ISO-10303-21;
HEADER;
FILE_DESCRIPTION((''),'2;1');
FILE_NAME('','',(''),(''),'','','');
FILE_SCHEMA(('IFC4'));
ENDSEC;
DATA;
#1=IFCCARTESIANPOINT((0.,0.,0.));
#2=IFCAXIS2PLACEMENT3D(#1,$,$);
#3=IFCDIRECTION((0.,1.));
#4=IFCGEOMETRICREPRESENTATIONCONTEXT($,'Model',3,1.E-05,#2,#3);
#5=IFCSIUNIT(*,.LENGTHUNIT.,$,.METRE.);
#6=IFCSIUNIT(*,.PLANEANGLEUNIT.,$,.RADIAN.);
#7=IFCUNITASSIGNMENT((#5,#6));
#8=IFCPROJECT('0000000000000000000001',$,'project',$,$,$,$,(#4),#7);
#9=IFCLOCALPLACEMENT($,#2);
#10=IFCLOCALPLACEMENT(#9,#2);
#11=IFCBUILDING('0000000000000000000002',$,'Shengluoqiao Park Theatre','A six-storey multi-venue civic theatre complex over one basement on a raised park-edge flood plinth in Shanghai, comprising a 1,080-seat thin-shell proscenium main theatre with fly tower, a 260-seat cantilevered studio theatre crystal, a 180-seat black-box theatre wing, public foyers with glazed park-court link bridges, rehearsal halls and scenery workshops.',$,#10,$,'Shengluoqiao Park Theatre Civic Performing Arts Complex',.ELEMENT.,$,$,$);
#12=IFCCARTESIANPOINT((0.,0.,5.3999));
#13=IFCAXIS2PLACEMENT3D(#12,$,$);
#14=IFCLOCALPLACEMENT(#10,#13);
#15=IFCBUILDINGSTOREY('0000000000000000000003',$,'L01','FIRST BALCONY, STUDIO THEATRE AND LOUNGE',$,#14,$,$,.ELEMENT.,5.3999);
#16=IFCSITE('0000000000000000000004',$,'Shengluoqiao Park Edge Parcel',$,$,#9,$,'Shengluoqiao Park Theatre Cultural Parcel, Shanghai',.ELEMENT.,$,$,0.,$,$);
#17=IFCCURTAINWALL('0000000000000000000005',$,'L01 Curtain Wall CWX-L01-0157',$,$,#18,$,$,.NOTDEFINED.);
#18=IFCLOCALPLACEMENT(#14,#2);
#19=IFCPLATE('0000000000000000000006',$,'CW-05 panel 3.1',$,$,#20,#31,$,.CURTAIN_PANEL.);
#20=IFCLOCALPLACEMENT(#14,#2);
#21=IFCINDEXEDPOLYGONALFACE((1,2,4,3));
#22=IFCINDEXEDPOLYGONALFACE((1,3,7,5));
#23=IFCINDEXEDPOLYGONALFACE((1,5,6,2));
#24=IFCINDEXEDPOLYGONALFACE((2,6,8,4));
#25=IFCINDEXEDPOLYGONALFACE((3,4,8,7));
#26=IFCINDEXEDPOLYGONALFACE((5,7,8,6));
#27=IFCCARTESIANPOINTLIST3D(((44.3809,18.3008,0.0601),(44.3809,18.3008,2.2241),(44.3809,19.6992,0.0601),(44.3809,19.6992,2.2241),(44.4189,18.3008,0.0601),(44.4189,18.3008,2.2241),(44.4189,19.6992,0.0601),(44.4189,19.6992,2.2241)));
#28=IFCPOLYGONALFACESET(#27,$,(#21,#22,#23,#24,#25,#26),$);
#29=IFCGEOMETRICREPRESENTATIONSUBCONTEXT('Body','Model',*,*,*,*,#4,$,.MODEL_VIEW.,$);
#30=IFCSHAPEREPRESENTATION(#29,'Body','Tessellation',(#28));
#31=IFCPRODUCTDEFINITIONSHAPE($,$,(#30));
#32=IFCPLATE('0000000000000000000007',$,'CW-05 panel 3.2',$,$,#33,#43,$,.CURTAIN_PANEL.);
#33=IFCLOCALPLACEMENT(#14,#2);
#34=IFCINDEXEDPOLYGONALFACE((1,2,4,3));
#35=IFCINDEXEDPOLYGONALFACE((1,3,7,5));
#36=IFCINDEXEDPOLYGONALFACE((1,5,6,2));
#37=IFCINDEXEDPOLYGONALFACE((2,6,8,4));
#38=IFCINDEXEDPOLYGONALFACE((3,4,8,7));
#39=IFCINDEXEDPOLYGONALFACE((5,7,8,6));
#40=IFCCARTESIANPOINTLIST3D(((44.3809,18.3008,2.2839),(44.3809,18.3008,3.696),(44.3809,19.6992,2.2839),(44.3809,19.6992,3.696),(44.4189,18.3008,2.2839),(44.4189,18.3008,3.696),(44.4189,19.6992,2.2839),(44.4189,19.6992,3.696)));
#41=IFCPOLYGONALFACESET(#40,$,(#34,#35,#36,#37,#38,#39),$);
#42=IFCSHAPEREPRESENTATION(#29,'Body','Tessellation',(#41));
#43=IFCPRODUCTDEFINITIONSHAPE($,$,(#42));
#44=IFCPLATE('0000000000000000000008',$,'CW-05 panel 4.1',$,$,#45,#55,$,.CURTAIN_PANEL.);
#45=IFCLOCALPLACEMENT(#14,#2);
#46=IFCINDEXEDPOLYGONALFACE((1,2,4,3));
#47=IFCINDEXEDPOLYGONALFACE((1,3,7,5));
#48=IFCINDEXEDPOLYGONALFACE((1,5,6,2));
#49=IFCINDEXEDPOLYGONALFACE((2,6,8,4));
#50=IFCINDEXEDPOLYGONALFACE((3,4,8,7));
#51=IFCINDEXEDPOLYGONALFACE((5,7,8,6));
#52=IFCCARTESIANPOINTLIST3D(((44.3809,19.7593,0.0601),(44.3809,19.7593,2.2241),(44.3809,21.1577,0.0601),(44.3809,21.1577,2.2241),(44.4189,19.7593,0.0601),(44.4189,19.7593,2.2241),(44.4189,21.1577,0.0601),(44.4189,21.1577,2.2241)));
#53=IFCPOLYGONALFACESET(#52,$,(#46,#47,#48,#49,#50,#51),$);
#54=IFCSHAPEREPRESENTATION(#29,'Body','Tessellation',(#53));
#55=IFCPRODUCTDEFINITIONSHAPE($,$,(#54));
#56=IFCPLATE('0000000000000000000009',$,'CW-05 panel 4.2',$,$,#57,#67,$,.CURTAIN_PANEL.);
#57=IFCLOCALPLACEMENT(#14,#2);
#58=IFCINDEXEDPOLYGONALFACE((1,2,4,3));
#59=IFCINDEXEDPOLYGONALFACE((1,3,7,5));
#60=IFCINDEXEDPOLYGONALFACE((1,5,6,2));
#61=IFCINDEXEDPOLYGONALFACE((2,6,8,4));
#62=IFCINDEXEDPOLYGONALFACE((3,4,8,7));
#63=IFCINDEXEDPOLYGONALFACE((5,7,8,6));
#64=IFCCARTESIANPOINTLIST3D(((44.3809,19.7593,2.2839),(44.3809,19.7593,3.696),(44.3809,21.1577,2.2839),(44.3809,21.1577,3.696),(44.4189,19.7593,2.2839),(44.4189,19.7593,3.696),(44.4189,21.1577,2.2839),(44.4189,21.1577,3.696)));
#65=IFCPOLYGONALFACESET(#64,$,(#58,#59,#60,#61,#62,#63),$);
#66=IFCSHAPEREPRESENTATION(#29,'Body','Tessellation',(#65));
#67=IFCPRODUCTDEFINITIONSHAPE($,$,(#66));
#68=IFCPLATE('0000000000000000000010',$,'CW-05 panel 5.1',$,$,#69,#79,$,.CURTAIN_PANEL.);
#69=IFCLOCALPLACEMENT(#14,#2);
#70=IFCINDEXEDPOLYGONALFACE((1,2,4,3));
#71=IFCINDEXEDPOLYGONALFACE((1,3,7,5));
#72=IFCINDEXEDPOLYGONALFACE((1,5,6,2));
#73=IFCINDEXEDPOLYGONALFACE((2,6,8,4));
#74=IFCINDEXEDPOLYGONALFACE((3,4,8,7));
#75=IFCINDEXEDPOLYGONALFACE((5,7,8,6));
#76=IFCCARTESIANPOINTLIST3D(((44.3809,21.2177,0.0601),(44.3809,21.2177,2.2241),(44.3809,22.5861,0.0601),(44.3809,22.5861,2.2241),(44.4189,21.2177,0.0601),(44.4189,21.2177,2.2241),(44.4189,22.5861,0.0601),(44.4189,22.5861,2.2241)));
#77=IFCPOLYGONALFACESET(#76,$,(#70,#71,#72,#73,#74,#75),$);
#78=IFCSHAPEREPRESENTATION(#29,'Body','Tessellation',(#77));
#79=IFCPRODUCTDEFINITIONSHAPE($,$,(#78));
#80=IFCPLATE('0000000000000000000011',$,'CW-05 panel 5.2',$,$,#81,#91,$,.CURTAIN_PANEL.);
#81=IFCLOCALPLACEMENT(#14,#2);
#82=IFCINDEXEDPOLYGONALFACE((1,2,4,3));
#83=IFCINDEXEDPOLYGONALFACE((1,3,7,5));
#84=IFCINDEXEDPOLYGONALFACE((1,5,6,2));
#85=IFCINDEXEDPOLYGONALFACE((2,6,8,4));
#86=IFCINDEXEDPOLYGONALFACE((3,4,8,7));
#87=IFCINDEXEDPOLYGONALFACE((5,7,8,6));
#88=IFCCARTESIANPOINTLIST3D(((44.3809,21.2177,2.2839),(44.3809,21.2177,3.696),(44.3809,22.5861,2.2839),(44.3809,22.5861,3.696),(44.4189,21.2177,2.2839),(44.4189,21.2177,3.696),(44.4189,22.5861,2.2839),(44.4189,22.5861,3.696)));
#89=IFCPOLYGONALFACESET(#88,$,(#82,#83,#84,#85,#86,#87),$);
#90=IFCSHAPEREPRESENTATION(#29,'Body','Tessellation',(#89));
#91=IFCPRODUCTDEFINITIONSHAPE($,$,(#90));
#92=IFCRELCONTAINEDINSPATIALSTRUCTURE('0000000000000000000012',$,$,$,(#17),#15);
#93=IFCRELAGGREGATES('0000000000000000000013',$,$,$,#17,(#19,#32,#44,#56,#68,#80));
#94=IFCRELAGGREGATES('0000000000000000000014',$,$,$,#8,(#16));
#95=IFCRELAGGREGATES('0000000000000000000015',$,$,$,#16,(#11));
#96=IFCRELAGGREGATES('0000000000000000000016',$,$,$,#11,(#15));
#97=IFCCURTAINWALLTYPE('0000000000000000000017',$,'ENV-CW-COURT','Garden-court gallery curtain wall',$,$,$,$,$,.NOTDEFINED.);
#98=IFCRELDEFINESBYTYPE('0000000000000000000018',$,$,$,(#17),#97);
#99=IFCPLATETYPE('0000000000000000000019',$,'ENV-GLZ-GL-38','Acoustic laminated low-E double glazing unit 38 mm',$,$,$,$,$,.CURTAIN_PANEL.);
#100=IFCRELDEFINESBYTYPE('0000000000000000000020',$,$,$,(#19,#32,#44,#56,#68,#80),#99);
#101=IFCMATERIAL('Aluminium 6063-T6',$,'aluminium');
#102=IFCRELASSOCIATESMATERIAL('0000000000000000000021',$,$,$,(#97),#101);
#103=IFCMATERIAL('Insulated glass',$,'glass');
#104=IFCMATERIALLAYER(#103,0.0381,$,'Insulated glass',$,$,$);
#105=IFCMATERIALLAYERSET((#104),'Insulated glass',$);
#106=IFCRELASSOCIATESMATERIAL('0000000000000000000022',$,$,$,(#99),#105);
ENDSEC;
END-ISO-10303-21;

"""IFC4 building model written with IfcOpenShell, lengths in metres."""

from ifc_helpers import new_model, si_unit, direction, frame, origin, origin_2d, place, context, subcontext, project, spatial, rectangle, extrude, material, layer, layer_set, type_object, element, aggregate, save


model = new_model("IFC4")

# Units and contexts
model_context = context("Model", 3, precision=1e-05, world=origin(), true_north=direction((0.0, 1.0)))
body_context = subcontext(model_context, "Body", "Model", "MODEL_VIEW")
ifc_project = project(units=[si_unit("LENGTHUNIT", "METRE"), si_unit("PLANEANGLEUNIT", "RADIAN")], contexts=[model_context])

# Site, building, storey
site_placement = place(None, origin())
site = spatial("IfcSite", under=ifc_project, at=site_placement, Name="Shengluoqiao Park Edge Parcel", LongName="Shengluoqiao Park Theatre Cultural Parcel, Shanghai", CompositionType="ELEMENT", RefElevation=0.0)
building_placement = place(site_placement, origin())
building = spatial("IfcBuilding", under=site, at=building_placement, Name="Shengluoqiao Park Theatre", Description="A six-storey multi-venue civic theatre complex over one basement on a raised park-edge flood plinth in Shanghai, comprising a 1,080-seat thin-shell proscenium main theatre with fly tower, a 260-seat cantilevered studio theatre crystal, a 180-seat black-box theatre wing, public foyers with glazed park-court link bridges, rehearsal halls and scenery workshops.", LongName="Shengluoqiao Park Theatre Civic Performing Arts Complex", CompositionType="ELEMENT")
storey_placement = place(building_placement, frame((0.0, 0.0, 5.3999)))
storey = spatial("IfcBuildingStorey", under=building, at=storey_placement, Name="L01", Description="FIRST BALCONY, STUDIO THEATRE AND LOUNGE", CompositionType="ELEMENT", Elevation=5.3999)

# Curtain wall, plates
ifc_material_1 = material(Name="Aluminium 6063-T6", Category="aluminium")
curtain_wall_type = type_object("IfcCurtainWallType", Name="ENV-CW-COURT", Description="Garden-court gallery curtain wall", PredefinedType="NOTDEFINED", material=ifc_material_1)
curtain_wall_placement = place(storey_placement, origin())
curtain_wall = element("IfcCurtainWall", 1, at=curtain_wall_placement, inside=storey, type_object=curtain_wall_type, Name="L01 Curtain Wall CWX-L01-0157", PredefinedType="NOTDEFINED")
ifc_material_2 = material(Name="Insulated glass", Category="glass")
ifc_layer = layer(ifc_material_2, 0.0381, Name="Insulated glass")
ifc_layer_set = layer_set([ifc_layer], Name="Insulated glass")
plate_type = type_object("IfcPlateType", Name="ENV-GLZ-GL-38", Description="Acoustic laminated low-E double glazing unit 38 mm", PredefinedType="CURTAIN_PANEL", material=ifc_layer_set)
plate_1_placement = place(storey_placement, frame((44.3999, 19.0, 0.0601), z_axis=(0.0, 0.0, 1.0), x_axis=(0.0, 1.0, 0.0)))
plate_1 = element("IfcPlate", 2, at=plate_1_placement, type_object=plate_type, Name="CW-05 panel 3.1", PredefinedType="CURTAIN_PANEL", context=body_context, shape_type="SweptSolid", body=[
    extrude(rectangle(XDim=1.3984, YDim=0.0381, at=origin_2d()), origin(), (0.0, 0.0, 1.0), 2.1641),
])
plate_2_placement = place(storey_placement, frame((44.3999, 19.0, 2.2839), z_axis=(0.0, 0.0, 1.0), x_axis=(0.0, 1.0, 0.0)))
plate_2 = element("IfcPlate", 3, at=plate_2_placement, type_object=plate_type, Name="CW-05 panel 3.2", PredefinedType="CURTAIN_PANEL", context=body_context, shape_type="SweptSolid", body=[
    extrude(rectangle(XDim=1.3984, YDim=0.0381, at=origin_2d()), origin(), (0.0, 0.0, 1.0), 1.4121),
])
plate_3_placement = place(storey_placement, frame((44.3999, 20.4585, 0.0601), z_axis=(0.0, 0.0, 1.0), x_axis=(0.0, 1.0, 0.0)))
plate_3 = element("IfcPlate", 4, at=plate_3_placement, type_object=plate_type, Name="CW-05 panel 4.1", PredefinedType="CURTAIN_PANEL", context=body_context, shape_type="SweptSolid", body=[
    extrude(rectangle(XDim=1.3984, YDim=0.0381, at=origin_2d()), origin(), (0.0, 0.0, 1.0), 2.1641),
])
plate_4_placement = place(storey_placement, frame((44.3999, 20.4585, 2.2839), z_axis=(0.0, 0.0, 1.0), x_axis=(0.0, 1.0, 0.0)))
plate_4 = element("IfcPlate", 5, at=plate_4_placement, type_object=plate_type, Name="CW-05 panel 4.2", PredefinedType="CURTAIN_PANEL", context=body_context, shape_type="SweptSolid", body=[
    extrude(rectangle(XDim=1.3984, YDim=0.0381, at=origin_2d()), origin(), (0.0, 0.0, 1.0), 1.4121),
])
plate_5_placement = place(storey_placement, frame((44.3999, 21.9019, 0.0601), z_axis=(0.0, 0.0, 1.0), x_axis=(0.0, 1.0, 0.0)))
plate_5 = element("IfcPlate", 6, at=plate_5_placement, type_object=plate_type, Name="CW-05 panel 5.1", PredefinedType="CURTAIN_PANEL", context=body_context, shape_type="SweptSolid", body=[
    extrude(rectangle(XDim=1.3684, YDim=0.0381, at=origin_2d()), origin(), (0.0, 0.0, 1.0), 2.1641),
])
plate_6_placement = place(storey_placement, frame((44.3999, 21.9019, 2.2839), z_axis=(0.0, 0.0, 1.0), x_axis=(0.0, 1.0, 0.0)))
plate_6 = element("IfcPlate", 7, at=plate_6_placement, type_object=plate_type, Name="CW-05 panel 5.2", PredefinedType="CURTAIN_PANEL", context=body_context, shape_type="SweptSolid", body=[
    extrude(rectangle(XDim=1.3684, YDim=0.0381, at=origin_2d()), origin(), (0.0, 0.0, 1.0), 1.4121),
])
aggregate(curtain_wall, [plate_1, plate_2, plate_3, plate_4, plate_5, plate_6])

save(model, "model.ifc")
